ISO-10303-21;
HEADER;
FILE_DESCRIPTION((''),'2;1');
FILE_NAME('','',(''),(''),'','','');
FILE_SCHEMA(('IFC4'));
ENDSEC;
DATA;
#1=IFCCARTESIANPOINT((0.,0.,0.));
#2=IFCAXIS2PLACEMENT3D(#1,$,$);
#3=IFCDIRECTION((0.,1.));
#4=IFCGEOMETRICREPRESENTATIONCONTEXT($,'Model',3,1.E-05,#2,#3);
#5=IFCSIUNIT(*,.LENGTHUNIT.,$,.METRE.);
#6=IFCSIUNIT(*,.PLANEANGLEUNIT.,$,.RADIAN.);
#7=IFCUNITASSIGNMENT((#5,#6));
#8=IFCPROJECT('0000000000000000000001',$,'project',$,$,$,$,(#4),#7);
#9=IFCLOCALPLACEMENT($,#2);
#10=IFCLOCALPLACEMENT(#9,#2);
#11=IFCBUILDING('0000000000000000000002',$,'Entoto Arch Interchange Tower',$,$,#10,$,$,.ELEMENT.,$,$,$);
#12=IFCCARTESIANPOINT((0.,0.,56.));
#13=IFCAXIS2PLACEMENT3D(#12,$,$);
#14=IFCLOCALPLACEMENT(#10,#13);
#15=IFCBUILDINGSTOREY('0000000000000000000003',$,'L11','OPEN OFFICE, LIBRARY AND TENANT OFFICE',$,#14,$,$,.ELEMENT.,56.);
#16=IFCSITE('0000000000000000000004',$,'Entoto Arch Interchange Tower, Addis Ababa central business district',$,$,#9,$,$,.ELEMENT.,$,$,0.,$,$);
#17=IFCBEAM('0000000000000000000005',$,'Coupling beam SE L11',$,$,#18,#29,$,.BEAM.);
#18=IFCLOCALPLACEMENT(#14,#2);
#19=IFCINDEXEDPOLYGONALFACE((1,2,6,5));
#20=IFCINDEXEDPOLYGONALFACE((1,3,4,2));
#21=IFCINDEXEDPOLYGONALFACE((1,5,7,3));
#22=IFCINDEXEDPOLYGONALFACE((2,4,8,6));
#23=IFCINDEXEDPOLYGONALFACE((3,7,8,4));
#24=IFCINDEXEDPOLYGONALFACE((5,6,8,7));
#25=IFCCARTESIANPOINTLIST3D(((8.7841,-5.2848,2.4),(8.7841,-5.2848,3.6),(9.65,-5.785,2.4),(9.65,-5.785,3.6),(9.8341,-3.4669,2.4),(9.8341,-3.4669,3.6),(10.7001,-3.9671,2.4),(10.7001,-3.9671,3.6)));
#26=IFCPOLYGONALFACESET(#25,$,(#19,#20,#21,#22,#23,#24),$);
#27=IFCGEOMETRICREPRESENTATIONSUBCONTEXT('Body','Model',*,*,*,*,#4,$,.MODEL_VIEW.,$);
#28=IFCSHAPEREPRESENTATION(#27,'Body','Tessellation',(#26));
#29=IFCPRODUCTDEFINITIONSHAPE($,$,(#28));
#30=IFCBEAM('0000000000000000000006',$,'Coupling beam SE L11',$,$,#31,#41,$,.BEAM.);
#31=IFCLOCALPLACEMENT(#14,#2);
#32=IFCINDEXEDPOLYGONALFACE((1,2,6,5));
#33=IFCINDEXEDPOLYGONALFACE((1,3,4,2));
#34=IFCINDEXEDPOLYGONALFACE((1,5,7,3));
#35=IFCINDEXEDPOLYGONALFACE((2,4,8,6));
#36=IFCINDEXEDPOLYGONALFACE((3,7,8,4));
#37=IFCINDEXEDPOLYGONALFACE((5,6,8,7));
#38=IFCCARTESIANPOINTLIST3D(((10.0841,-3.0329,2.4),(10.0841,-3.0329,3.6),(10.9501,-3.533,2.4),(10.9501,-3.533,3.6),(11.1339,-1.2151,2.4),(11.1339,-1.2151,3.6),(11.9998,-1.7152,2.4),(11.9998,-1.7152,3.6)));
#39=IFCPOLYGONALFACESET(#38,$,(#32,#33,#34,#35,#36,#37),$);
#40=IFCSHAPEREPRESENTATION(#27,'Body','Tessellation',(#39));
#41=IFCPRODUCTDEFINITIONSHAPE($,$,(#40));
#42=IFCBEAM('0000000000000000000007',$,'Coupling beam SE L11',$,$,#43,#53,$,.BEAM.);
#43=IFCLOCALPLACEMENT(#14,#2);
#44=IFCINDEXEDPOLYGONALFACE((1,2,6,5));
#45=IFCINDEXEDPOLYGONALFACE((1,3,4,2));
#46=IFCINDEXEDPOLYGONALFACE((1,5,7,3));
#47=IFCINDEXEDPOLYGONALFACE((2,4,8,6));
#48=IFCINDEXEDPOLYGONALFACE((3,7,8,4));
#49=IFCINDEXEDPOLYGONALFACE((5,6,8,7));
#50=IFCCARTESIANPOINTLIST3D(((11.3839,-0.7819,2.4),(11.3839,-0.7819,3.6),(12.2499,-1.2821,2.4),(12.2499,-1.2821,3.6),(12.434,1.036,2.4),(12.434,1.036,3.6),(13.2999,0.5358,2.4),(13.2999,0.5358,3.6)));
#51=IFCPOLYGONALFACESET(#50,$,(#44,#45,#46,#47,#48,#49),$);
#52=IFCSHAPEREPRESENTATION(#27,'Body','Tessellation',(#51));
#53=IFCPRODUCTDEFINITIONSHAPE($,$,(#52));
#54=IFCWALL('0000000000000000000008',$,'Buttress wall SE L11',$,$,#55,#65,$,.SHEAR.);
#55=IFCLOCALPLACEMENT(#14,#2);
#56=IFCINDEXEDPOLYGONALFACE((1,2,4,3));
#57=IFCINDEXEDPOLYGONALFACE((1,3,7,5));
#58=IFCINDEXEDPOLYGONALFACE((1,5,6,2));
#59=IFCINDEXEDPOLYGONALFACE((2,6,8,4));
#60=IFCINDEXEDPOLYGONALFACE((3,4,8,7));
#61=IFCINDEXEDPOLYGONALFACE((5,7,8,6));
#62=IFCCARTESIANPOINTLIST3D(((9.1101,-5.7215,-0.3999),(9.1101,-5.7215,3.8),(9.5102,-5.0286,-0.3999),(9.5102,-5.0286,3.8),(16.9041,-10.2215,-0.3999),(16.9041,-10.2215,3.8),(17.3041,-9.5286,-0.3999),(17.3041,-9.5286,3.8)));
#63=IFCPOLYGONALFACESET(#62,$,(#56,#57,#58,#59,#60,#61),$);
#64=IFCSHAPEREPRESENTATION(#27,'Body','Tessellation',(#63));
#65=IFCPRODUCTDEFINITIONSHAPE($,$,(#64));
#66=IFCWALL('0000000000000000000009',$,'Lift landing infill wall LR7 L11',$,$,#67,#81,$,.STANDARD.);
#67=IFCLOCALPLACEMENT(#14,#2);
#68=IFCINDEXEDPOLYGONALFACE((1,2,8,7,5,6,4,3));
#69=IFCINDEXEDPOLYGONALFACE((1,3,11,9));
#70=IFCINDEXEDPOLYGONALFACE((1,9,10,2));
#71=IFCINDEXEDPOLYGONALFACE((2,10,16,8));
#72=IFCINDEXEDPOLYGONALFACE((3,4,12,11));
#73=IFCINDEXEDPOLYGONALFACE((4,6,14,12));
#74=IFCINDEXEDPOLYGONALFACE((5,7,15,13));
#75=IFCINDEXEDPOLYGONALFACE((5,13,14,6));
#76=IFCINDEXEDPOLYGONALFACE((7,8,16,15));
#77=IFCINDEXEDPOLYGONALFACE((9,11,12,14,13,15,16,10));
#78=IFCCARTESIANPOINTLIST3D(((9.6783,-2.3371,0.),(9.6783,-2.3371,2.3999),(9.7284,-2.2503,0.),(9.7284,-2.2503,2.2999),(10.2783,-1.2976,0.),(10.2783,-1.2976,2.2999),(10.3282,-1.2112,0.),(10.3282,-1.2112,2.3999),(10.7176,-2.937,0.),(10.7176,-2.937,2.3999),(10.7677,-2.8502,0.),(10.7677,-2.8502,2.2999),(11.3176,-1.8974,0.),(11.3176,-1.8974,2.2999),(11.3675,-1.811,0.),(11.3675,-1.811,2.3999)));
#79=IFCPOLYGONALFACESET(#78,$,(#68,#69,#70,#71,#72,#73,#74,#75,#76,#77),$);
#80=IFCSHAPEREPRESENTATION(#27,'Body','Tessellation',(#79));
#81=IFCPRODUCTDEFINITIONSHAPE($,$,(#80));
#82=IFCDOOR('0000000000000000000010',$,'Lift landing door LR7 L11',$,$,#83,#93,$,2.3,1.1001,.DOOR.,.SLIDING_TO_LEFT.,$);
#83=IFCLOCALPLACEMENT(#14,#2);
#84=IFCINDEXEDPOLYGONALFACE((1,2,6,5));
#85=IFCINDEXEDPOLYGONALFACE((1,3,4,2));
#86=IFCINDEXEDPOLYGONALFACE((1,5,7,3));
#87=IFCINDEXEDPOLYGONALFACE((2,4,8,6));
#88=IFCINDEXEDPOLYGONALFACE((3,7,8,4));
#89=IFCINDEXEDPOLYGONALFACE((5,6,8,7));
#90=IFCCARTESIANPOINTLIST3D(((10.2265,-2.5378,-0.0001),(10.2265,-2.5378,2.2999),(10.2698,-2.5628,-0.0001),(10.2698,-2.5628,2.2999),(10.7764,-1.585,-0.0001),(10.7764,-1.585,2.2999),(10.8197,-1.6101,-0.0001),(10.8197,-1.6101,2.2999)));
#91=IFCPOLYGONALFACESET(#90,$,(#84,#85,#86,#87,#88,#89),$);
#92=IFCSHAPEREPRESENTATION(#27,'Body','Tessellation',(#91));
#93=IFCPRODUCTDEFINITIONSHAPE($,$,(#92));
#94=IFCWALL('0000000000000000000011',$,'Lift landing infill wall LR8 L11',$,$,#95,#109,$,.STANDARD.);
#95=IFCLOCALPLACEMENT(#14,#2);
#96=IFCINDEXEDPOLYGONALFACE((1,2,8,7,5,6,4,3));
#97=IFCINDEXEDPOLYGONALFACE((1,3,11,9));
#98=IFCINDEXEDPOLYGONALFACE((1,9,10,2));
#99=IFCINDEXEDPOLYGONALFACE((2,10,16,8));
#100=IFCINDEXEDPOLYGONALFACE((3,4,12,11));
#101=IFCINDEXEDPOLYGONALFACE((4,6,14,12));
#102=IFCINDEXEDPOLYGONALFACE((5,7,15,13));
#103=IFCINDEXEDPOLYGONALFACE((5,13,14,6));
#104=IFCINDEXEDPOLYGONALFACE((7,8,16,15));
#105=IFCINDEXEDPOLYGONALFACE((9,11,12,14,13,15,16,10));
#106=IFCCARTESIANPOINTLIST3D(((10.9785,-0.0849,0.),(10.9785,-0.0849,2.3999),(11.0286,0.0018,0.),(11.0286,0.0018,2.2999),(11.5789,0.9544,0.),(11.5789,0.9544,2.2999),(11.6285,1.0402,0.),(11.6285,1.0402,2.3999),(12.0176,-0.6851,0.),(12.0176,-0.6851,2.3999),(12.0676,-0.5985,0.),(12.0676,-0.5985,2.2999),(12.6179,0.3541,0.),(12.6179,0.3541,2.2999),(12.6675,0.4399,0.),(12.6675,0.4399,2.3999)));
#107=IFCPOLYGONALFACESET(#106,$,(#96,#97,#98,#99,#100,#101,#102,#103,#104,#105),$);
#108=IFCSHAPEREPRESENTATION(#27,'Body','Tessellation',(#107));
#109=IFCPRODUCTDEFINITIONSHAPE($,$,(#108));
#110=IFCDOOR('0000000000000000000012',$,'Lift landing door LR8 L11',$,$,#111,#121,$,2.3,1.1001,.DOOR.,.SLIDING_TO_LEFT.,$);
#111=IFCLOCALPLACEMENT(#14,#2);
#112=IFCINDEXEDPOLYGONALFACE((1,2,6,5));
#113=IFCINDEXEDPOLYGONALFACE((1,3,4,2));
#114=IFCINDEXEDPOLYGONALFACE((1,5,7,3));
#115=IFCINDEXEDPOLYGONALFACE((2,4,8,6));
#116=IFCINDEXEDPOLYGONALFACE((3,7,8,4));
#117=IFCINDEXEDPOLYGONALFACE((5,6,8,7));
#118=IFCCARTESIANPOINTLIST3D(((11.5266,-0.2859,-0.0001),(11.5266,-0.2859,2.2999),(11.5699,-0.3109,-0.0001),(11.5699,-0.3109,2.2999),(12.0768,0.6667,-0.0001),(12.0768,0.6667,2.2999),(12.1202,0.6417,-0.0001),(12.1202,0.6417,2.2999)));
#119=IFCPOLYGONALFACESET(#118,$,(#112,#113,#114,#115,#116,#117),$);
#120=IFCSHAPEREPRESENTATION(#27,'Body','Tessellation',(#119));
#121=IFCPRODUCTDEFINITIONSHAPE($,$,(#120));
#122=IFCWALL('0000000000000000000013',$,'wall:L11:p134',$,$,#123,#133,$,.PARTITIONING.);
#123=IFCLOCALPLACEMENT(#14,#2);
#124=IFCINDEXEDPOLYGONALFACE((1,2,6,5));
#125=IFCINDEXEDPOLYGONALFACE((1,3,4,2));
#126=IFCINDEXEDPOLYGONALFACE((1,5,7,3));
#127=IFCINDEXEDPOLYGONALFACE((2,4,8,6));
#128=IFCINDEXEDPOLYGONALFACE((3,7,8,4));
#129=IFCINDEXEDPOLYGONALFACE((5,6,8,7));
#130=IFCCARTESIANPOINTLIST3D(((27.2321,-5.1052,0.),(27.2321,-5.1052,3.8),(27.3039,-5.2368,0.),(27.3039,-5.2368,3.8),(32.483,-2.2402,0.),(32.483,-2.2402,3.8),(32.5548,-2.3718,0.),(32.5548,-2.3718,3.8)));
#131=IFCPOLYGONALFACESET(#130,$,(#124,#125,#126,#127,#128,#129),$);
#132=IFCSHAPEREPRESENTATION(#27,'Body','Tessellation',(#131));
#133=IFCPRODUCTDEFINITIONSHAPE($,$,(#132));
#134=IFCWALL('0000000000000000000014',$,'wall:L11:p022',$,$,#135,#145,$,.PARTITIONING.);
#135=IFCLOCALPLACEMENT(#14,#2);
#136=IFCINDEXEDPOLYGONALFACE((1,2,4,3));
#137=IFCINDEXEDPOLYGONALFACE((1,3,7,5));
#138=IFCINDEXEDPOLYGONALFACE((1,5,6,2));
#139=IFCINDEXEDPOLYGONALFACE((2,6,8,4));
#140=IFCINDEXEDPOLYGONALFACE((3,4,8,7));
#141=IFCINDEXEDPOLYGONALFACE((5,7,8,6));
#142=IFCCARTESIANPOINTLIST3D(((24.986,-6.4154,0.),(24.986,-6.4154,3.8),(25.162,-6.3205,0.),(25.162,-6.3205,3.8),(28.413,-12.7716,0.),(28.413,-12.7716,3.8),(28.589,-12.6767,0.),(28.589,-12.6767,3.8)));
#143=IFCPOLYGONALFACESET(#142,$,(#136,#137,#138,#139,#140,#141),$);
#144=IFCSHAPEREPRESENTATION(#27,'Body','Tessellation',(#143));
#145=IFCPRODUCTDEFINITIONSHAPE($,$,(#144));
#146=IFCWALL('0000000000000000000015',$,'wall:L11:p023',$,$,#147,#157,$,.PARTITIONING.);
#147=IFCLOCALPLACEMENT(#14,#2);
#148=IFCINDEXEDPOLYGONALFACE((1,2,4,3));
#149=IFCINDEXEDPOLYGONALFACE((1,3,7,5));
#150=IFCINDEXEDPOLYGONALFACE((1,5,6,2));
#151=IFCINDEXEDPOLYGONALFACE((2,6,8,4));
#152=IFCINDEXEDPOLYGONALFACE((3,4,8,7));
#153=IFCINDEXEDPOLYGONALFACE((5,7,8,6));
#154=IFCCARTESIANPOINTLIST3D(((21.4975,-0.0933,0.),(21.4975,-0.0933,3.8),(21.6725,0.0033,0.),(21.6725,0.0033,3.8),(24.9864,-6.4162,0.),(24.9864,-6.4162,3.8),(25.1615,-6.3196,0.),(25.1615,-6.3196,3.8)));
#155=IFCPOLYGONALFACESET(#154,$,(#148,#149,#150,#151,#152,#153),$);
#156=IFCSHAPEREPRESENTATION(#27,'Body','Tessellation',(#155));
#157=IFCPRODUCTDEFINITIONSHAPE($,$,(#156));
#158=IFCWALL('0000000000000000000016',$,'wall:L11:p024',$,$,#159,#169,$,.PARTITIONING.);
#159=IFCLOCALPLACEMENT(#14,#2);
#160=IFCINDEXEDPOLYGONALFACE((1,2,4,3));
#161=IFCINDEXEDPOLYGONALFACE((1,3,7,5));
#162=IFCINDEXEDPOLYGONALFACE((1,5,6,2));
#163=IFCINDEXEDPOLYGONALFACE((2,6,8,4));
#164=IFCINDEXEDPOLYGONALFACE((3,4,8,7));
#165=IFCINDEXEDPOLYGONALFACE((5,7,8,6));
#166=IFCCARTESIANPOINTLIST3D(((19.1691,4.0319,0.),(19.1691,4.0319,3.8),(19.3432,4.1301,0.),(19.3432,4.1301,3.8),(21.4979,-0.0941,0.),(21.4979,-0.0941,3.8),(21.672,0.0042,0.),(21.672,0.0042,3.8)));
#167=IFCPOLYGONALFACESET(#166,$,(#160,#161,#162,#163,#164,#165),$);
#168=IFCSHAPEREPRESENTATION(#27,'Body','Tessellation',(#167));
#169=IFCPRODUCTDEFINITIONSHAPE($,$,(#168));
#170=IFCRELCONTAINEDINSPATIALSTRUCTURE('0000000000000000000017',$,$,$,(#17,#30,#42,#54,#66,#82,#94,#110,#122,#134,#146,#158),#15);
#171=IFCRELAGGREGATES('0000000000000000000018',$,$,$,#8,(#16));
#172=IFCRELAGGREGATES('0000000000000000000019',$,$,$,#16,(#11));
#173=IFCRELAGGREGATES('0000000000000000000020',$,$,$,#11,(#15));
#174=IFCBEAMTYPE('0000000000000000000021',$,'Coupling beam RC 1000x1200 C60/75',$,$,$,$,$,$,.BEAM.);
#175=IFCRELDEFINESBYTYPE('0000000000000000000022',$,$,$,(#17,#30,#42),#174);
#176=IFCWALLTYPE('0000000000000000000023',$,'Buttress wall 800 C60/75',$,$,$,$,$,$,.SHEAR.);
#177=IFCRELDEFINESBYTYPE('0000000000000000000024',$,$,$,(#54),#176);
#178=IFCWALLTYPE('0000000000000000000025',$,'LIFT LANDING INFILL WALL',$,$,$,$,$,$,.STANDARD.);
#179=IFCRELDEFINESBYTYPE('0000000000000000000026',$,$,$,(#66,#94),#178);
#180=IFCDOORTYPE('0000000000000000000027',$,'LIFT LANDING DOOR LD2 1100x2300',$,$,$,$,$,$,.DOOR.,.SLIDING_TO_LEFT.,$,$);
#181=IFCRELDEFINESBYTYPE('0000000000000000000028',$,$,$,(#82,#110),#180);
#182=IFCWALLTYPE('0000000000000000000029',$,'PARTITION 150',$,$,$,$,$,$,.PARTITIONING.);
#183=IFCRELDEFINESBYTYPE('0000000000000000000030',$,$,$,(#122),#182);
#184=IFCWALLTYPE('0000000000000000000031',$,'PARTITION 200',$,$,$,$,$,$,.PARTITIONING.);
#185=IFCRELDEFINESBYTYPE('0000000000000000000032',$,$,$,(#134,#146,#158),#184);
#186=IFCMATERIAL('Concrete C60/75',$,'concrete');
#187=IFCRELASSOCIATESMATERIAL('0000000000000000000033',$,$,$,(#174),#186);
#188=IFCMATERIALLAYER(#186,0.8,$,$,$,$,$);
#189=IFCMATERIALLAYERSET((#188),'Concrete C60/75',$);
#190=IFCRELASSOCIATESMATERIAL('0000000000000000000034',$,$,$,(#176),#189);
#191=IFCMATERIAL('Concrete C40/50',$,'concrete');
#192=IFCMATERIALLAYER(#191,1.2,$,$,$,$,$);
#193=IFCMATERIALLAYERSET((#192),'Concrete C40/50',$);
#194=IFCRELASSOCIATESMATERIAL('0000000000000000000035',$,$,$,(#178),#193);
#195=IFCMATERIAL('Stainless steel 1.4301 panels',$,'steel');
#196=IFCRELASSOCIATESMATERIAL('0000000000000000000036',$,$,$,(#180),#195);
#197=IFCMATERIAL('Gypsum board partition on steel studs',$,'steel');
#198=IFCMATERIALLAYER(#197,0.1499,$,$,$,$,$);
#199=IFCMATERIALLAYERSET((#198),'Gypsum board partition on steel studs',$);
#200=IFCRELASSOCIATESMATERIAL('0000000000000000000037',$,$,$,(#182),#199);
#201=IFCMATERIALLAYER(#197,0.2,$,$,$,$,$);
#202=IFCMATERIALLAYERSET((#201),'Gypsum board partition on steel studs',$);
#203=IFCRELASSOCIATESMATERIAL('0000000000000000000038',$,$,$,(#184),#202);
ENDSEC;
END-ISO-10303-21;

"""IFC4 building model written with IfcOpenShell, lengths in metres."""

from ifc_helpers import new_model, si_unit, direction, frame, frame_2d, origin, origin_2d, place, context, subcontext, project, spatial, rectangle, extrude, material, layer, layer_set, material_profile, profile_set, type_object, element, fill, save


model = new_model("IFC4")

# Units and contexts
model_context = context("Model", 3, precision=1e-05, world=origin(), true_north=direction((0.0, 1.0)))
body_context = subcontext(model_context, "Body", "Model", "MODEL_VIEW")
ifc_project = project(units=[si_unit("LENGTHUNIT", "METRE"), si_unit("PLANEANGLEUNIT", "RADIAN")], contexts=[model_context])

# Site, building, storey
site_placement = place(None, origin())
site = spatial("IfcSite", under=ifc_project, at=site_placement, Name="Entoto Arch Interchange Tower, Addis Ababa central business district", CompositionType="ELEMENT", RefElevation=0.0)
building_placement = place(site_placement, origin())
building = spatial("IfcBuilding", under=site, at=building_placement, Name="Entoto Arch Interchange Tower", CompositionType="ELEMENT")
storey_placement = place(building_placement, frame((0.0, 0.0, 56.0)))
storey = spatial("IfcBuildingStorey", under=building, at=storey_placement, Name="L11", Description="OPEN OFFICE, LIBRARY AND TENANT OFFICE", CompositionType="ELEMENT", Elevation=56.0)

# Beams
ifc_material_1 = material(Name="Concrete C60/75", Category="concrete")
ifc_material_profile = material_profile(ifc_material_1, rectangle(XDim=1.0, YDim=1.2, at=origin_2d()))
ifc_profile_set = profile_set([ifc_material_profile], Name="Concrete C60/75")
beam_type = type_object("IfcBeamType", Name="Coupling beam RC 1000x1200 C60/75", PredefinedType="BEAM", material=ifc_profile_set)
beam_1_placement = place(storey_placement, frame((9.217, -5.5349, 3.0), z_axis=(0.500179, 0.865922, 0.0), x_axis=(-0.865922, 0.500179, 0.0)))
element("IfcBeam", 1, at=beam_1_placement, inside=storey, type_object=beam_type, Name="Coupling beam SE L11", PredefinedType="BEAM", context=body_context, shape_type="SweptSolid", body=[
    extrude(rectangle(XDim=1.0, YDim=1.2, at=origin_2d()), origin(), (0.0, 0.0, 1.0), 2.0994),
])
beam_2_placement = place(storey_placement, frame((10.5171, -3.283, 3.0), z_axis=(0.500092, 0.865973, 0.0), x_axis=(-0.865973, 0.500092, 0.0)))
element("IfcBeam", 2, at=beam_2_placement, inside=storey, type_object=beam_type, Name="Coupling beam SE L11", PredefinedType="BEAM", context=body_context, shape_type="SweptSolid", body=[
    extrude(rectangle(XDim=1.0, YDim=1.2, at=origin_2d()), origin(), (0.0, 0.0, 1.0), 2.0991),
])
beam_3_placement = place(storey_placement, frame((11.8169, -1.032, 3.0), z_axis=(0.500179, 0.865922, 0.0), x_axis=(-0.865922, 0.500179, 0.0)))
element("IfcBeam", 3, at=beam_3_placement, inside=storey, type_object=beam_type, Name="Coupling beam SE L11", PredefinedType="BEAM", context=body_context, shape_type="SweptSolid", body=[
    extrude(rectangle(XDim=1.0, YDim=1.2, at=origin_2d()), origin(), (0.0, 0.0, 1.0), 2.0994),
])

# Wall
ifc_layer_1 = layer(ifc_material_1, 0.8)
ifc_layer_set_1 = layer_set([ifc_layer_1], Name="Concrete C60/75")
wall_type_1 = type_object("IfcWallType", Name="Buttress wall 800 C60/75", PredefinedType="SHEAR", material=ifc_layer_set_1)
wall_1_placement = place(storey_placement, frame((9.3101, -5.375, -0.3999), z_axis=(0.0, 0.0, 1.0), x_axis=(0.866018, -0.500014, 0.0)))
element("IfcWall", 4, at=wall_1_placement, inside=storey, type_object=wall_type_1, Name="Buttress wall SE L11", PredefinedType="SHEAR", context=body_context, shape_type="SweptSolid", body=[
    extrude(rectangle(XDim=8.9998, YDim=0.8, at=frame_2d((4.5, 0.0))), origin(), (0.0, 0.0, 1.0), 4.2),
])

# Walls, openings, doors
ifc_material_2 = material(Name="Concrete C40/50", Category="concrete")
ifc_layer_2 = layer(ifc_material_2, 1.2)
ifc_layer_set_2 = layer_set([ifc_layer_2], Name="Concrete C40/50")
wall_type_2 = type_object("IfcWallType", Name="LIFT LANDING INFILL WALL", PredefinedType="STANDARD", material=ifc_layer_set_2)
wall_2_placement = place(storey_placement, frame((10.198, -2.637, 0.0), z_axis=(0.0, 0.0, 1.0), x_axis=(0.499896, 0.866086, 0.0)))
wall_2 = element("IfcWall", 5, at=wall_2_placement, inside=storey, type_object=wall_type_2, Name="Lift landing infill wall LR7 L11", PredefinedType="STANDARD", context=body_context, shape_type="SweptSolid", body=[
    extrude(rectangle(XDim=1.3, YDim=1.2, at=frame_2d((0.6499, 0.0))), origin(), (0.0, 0.0, 1.0), 2.3999),
])
opening_1_placement = place(wall_2_placement, frame((0.1001, 0.0, 0.0)))
opening_1 = element("IfcOpeningElement", 6, at=opening_1_placement, cuts=wall_2, PredefinedType="OPENING", context=body_context, shape_type="SweptSolid", body=[
    extrude(rectangle(XDim=1.1001, YDim=2.3, at=frame_2d((0.55, 1.1499))), frame((0.0, 0.6099, 0.0), z_axis=(0.0, -1.0, 0.0), x_axis=(1.0, 0.0, 0.0)), (0.0, 0.0, 1.0), 1.22),
])
ifc_material_3 = material(Name="Stainless steel 1.4301 panels", Category="steel")
door_type_1 = type_object("IfcDoorType", Name="LIFT LANDING DOOR LD2 1100x2300", OperationType="SLIDING_TO_LEFT", PredefinedType="DOOR", material=ifc_material_3)
door_1_placement = place(opening_1_placement, origin())
door_1 = element("IfcDoor", 7, at=door_1_placement, inside=storey, type_object=door_type_1, Name="Lift landing door LR7 L11", OperationType="SLIDING_TO_LEFT", OverallHeight=2.3, OverallWidth=1.1001, PredefinedType="DOOR", context=body_context, shape_type="SweptSolid", body=[
    extrude(rectangle(XDim=1.1001, YDim=2.3, at=frame_2d((0.55, 1.1499))), frame((0.0, 0.0249, 0.0), z_axis=(0.0, -1.0, 0.0), x_axis=(1.0, 0.0, 0.0)), (0.0, 0.0, 1.0), 0.05),
])
fill(opening_1, door_1)
wall_3_placement = place(storey_placement, frame((11.498, -0.385, 0.0), z_axis=(0.0, 0.0, 1.0), x_axis=(0.500221, 0.865898, 0.0)))
wall_3 = element("IfcWall", 8, at=wall_3_placement, inside=storey, type_object=wall_type_2, Name="Lift landing infill wall LR8 L11", PredefinedType="STANDARD", context=body_context, shape_type="SweptSolid", body=[
    extrude(rectangle(XDim=1.2993, YDim=1.2, at=frame_2d((0.6497, 0.0))), origin(), (0.0, 0.0, 1.0), 2.3999),
])
opening_2_placement = place(wall_3_placement, frame((0.1001, 0.0, 0.0)))
opening_2 = element("IfcOpeningElement", 9, at=opening_2_placement, cuts=wall_3, PredefinedType="OPENING", context=body_context, shape_type="SweptSolid", body=[
    extrude(rectangle(XDim=1.1001, YDim=2.3, at=frame_2d((0.55, 1.1499))), frame((0.0, 0.6099, 0.0), z_axis=(0.0, -1.0, 0.0), x_axis=(1.0, 0.0, 0.0)), (0.0, 0.0, 1.0), 1.22),
])
door_2_placement = place(opening_2_placement, origin())
door_2 = element("IfcDoor", 10, at=door_2_placement, inside=storey, type_object=door_type_1, Name="Lift landing door LR8 L11", OperationType="SLIDING_TO_LEFT", OverallHeight=2.3, OverallWidth=1.1001, PredefinedType="DOOR", context=body_context, shape_type="SweptSolid", body=[
    extrude(rectangle(XDim=1.1001, YDim=2.3, at=frame_2d((0.55, 1.1499))), frame((0.0, 0.0249, 0.0), z_axis=(0.0, -1.0, 0.0), x_axis=(1.0, 0.0, 0.0)), (0.0, 0.0, 1.0), 0.05),
])
fill(opening_2, door_2)

# Walls
ifc_material_4 = material(Name="Gypsum board partition on steel studs", Category="steel")
ifc_layer_3 = layer(ifc_material_4, 0.1499)
ifc_layer_set_3 = layer_set([ifc_layer_3], Name="Gypsum board partition on steel studs")
wall_type_3 = type_object("IfcWallType", Name="PARTITION 150", PredefinedType="PARTITIONING", material=ifc_layer_set_3)
wall_4_placement = place(storey_placement, frame((27.2681, -5.1709, 0.0), z_axis=(0.0, 0.0, 1.0), x_axis=(0.877838, 0.478958, 0.0)))
element("IfcWall", 11, at=wall_4_placement, inside=storey, type_object=wall_type_3, Name="wall:L11:p134", PredefinedType="PARTITIONING", context=body_context, shape_type="SweptSolid", body=[
    extrude(rectangle(XDim=5.9817, YDim=0.1499, at=frame_2d((2.9907, 0.0))), origin(), (0.0, 0.0, 1.0), 3.8),
])
ifc_layer_4 = layer(ifc_material_4, 0.2)
ifc_layer_set_4 = layer_set([ifc_layer_4], Name="Gypsum board partition on steel studs")
wall_type_4 = type_object("IfcWallType", Name="PARTITION 200", PredefinedType="PARTITIONING", material=ifc_layer_set_4)
wall_5_placement = place(storey_placement, frame((28.501, -12.7241, 0.0), z_axis=(0.0, 0.0, 1.0), x_axis=(-0.474576, 0.880215, 0.0)))
element("IfcWall", 12, at=wall_5_placement, inside=storey, type_object=wall_type_4, Name="wall:L11:p022", PredefinedType="PARTITIONING", context=body_context, shape_type="SweptSolid", body=[
    extrude(rectangle(XDim=7.2212, YDim=0.2, at=frame_2d((3.6106, 0.0))), origin(), (0.0, 0.0, 1.0), 3.8),
])
wall_6_placement = place(storey_placement, frame((25.074, -6.3679, 0.0), z_axis=(0.0, 0.0, 1.0), x_axis=(-0.483126, 0.875551, 0.0)))
element("IfcWall", 13, at=wall_6_placement, inside=storey, type_object=wall_type_4, Name="wall:L11:p023", PredefinedType="PARTITIONING", context=body_context, shape_type="SweptSolid", body=[
    extrude(rectangle(XDim=7.2217, YDim=0.2, at=frame_2d((3.6108, 0.0))), origin(), (0.0, 0.0, 1.0), 3.8),
])
wall_7_placement = place(storey_placement, frame((21.585, -0.0449, 0.0), z_axis=(0.0, 0.0, 1.0), x_axis=(-0.491543, 0.870853, 0.0)))
element("IfcWall", 14, at=wall_7_placement, inside=storey, type_object=wall_type_4, Name="wall:L11:p024", PredefinedType="PARTITIONING", context=body_context, shape_type="SweptSolid", body=[
    extrude(rectangle(XDim=4.7378, YDim=0.2, at=frame_2d((2.3689, 0.0))), origin(), (0.0, 0.0, 1.0), 3.8),
])

save(model, "model.ifc")
